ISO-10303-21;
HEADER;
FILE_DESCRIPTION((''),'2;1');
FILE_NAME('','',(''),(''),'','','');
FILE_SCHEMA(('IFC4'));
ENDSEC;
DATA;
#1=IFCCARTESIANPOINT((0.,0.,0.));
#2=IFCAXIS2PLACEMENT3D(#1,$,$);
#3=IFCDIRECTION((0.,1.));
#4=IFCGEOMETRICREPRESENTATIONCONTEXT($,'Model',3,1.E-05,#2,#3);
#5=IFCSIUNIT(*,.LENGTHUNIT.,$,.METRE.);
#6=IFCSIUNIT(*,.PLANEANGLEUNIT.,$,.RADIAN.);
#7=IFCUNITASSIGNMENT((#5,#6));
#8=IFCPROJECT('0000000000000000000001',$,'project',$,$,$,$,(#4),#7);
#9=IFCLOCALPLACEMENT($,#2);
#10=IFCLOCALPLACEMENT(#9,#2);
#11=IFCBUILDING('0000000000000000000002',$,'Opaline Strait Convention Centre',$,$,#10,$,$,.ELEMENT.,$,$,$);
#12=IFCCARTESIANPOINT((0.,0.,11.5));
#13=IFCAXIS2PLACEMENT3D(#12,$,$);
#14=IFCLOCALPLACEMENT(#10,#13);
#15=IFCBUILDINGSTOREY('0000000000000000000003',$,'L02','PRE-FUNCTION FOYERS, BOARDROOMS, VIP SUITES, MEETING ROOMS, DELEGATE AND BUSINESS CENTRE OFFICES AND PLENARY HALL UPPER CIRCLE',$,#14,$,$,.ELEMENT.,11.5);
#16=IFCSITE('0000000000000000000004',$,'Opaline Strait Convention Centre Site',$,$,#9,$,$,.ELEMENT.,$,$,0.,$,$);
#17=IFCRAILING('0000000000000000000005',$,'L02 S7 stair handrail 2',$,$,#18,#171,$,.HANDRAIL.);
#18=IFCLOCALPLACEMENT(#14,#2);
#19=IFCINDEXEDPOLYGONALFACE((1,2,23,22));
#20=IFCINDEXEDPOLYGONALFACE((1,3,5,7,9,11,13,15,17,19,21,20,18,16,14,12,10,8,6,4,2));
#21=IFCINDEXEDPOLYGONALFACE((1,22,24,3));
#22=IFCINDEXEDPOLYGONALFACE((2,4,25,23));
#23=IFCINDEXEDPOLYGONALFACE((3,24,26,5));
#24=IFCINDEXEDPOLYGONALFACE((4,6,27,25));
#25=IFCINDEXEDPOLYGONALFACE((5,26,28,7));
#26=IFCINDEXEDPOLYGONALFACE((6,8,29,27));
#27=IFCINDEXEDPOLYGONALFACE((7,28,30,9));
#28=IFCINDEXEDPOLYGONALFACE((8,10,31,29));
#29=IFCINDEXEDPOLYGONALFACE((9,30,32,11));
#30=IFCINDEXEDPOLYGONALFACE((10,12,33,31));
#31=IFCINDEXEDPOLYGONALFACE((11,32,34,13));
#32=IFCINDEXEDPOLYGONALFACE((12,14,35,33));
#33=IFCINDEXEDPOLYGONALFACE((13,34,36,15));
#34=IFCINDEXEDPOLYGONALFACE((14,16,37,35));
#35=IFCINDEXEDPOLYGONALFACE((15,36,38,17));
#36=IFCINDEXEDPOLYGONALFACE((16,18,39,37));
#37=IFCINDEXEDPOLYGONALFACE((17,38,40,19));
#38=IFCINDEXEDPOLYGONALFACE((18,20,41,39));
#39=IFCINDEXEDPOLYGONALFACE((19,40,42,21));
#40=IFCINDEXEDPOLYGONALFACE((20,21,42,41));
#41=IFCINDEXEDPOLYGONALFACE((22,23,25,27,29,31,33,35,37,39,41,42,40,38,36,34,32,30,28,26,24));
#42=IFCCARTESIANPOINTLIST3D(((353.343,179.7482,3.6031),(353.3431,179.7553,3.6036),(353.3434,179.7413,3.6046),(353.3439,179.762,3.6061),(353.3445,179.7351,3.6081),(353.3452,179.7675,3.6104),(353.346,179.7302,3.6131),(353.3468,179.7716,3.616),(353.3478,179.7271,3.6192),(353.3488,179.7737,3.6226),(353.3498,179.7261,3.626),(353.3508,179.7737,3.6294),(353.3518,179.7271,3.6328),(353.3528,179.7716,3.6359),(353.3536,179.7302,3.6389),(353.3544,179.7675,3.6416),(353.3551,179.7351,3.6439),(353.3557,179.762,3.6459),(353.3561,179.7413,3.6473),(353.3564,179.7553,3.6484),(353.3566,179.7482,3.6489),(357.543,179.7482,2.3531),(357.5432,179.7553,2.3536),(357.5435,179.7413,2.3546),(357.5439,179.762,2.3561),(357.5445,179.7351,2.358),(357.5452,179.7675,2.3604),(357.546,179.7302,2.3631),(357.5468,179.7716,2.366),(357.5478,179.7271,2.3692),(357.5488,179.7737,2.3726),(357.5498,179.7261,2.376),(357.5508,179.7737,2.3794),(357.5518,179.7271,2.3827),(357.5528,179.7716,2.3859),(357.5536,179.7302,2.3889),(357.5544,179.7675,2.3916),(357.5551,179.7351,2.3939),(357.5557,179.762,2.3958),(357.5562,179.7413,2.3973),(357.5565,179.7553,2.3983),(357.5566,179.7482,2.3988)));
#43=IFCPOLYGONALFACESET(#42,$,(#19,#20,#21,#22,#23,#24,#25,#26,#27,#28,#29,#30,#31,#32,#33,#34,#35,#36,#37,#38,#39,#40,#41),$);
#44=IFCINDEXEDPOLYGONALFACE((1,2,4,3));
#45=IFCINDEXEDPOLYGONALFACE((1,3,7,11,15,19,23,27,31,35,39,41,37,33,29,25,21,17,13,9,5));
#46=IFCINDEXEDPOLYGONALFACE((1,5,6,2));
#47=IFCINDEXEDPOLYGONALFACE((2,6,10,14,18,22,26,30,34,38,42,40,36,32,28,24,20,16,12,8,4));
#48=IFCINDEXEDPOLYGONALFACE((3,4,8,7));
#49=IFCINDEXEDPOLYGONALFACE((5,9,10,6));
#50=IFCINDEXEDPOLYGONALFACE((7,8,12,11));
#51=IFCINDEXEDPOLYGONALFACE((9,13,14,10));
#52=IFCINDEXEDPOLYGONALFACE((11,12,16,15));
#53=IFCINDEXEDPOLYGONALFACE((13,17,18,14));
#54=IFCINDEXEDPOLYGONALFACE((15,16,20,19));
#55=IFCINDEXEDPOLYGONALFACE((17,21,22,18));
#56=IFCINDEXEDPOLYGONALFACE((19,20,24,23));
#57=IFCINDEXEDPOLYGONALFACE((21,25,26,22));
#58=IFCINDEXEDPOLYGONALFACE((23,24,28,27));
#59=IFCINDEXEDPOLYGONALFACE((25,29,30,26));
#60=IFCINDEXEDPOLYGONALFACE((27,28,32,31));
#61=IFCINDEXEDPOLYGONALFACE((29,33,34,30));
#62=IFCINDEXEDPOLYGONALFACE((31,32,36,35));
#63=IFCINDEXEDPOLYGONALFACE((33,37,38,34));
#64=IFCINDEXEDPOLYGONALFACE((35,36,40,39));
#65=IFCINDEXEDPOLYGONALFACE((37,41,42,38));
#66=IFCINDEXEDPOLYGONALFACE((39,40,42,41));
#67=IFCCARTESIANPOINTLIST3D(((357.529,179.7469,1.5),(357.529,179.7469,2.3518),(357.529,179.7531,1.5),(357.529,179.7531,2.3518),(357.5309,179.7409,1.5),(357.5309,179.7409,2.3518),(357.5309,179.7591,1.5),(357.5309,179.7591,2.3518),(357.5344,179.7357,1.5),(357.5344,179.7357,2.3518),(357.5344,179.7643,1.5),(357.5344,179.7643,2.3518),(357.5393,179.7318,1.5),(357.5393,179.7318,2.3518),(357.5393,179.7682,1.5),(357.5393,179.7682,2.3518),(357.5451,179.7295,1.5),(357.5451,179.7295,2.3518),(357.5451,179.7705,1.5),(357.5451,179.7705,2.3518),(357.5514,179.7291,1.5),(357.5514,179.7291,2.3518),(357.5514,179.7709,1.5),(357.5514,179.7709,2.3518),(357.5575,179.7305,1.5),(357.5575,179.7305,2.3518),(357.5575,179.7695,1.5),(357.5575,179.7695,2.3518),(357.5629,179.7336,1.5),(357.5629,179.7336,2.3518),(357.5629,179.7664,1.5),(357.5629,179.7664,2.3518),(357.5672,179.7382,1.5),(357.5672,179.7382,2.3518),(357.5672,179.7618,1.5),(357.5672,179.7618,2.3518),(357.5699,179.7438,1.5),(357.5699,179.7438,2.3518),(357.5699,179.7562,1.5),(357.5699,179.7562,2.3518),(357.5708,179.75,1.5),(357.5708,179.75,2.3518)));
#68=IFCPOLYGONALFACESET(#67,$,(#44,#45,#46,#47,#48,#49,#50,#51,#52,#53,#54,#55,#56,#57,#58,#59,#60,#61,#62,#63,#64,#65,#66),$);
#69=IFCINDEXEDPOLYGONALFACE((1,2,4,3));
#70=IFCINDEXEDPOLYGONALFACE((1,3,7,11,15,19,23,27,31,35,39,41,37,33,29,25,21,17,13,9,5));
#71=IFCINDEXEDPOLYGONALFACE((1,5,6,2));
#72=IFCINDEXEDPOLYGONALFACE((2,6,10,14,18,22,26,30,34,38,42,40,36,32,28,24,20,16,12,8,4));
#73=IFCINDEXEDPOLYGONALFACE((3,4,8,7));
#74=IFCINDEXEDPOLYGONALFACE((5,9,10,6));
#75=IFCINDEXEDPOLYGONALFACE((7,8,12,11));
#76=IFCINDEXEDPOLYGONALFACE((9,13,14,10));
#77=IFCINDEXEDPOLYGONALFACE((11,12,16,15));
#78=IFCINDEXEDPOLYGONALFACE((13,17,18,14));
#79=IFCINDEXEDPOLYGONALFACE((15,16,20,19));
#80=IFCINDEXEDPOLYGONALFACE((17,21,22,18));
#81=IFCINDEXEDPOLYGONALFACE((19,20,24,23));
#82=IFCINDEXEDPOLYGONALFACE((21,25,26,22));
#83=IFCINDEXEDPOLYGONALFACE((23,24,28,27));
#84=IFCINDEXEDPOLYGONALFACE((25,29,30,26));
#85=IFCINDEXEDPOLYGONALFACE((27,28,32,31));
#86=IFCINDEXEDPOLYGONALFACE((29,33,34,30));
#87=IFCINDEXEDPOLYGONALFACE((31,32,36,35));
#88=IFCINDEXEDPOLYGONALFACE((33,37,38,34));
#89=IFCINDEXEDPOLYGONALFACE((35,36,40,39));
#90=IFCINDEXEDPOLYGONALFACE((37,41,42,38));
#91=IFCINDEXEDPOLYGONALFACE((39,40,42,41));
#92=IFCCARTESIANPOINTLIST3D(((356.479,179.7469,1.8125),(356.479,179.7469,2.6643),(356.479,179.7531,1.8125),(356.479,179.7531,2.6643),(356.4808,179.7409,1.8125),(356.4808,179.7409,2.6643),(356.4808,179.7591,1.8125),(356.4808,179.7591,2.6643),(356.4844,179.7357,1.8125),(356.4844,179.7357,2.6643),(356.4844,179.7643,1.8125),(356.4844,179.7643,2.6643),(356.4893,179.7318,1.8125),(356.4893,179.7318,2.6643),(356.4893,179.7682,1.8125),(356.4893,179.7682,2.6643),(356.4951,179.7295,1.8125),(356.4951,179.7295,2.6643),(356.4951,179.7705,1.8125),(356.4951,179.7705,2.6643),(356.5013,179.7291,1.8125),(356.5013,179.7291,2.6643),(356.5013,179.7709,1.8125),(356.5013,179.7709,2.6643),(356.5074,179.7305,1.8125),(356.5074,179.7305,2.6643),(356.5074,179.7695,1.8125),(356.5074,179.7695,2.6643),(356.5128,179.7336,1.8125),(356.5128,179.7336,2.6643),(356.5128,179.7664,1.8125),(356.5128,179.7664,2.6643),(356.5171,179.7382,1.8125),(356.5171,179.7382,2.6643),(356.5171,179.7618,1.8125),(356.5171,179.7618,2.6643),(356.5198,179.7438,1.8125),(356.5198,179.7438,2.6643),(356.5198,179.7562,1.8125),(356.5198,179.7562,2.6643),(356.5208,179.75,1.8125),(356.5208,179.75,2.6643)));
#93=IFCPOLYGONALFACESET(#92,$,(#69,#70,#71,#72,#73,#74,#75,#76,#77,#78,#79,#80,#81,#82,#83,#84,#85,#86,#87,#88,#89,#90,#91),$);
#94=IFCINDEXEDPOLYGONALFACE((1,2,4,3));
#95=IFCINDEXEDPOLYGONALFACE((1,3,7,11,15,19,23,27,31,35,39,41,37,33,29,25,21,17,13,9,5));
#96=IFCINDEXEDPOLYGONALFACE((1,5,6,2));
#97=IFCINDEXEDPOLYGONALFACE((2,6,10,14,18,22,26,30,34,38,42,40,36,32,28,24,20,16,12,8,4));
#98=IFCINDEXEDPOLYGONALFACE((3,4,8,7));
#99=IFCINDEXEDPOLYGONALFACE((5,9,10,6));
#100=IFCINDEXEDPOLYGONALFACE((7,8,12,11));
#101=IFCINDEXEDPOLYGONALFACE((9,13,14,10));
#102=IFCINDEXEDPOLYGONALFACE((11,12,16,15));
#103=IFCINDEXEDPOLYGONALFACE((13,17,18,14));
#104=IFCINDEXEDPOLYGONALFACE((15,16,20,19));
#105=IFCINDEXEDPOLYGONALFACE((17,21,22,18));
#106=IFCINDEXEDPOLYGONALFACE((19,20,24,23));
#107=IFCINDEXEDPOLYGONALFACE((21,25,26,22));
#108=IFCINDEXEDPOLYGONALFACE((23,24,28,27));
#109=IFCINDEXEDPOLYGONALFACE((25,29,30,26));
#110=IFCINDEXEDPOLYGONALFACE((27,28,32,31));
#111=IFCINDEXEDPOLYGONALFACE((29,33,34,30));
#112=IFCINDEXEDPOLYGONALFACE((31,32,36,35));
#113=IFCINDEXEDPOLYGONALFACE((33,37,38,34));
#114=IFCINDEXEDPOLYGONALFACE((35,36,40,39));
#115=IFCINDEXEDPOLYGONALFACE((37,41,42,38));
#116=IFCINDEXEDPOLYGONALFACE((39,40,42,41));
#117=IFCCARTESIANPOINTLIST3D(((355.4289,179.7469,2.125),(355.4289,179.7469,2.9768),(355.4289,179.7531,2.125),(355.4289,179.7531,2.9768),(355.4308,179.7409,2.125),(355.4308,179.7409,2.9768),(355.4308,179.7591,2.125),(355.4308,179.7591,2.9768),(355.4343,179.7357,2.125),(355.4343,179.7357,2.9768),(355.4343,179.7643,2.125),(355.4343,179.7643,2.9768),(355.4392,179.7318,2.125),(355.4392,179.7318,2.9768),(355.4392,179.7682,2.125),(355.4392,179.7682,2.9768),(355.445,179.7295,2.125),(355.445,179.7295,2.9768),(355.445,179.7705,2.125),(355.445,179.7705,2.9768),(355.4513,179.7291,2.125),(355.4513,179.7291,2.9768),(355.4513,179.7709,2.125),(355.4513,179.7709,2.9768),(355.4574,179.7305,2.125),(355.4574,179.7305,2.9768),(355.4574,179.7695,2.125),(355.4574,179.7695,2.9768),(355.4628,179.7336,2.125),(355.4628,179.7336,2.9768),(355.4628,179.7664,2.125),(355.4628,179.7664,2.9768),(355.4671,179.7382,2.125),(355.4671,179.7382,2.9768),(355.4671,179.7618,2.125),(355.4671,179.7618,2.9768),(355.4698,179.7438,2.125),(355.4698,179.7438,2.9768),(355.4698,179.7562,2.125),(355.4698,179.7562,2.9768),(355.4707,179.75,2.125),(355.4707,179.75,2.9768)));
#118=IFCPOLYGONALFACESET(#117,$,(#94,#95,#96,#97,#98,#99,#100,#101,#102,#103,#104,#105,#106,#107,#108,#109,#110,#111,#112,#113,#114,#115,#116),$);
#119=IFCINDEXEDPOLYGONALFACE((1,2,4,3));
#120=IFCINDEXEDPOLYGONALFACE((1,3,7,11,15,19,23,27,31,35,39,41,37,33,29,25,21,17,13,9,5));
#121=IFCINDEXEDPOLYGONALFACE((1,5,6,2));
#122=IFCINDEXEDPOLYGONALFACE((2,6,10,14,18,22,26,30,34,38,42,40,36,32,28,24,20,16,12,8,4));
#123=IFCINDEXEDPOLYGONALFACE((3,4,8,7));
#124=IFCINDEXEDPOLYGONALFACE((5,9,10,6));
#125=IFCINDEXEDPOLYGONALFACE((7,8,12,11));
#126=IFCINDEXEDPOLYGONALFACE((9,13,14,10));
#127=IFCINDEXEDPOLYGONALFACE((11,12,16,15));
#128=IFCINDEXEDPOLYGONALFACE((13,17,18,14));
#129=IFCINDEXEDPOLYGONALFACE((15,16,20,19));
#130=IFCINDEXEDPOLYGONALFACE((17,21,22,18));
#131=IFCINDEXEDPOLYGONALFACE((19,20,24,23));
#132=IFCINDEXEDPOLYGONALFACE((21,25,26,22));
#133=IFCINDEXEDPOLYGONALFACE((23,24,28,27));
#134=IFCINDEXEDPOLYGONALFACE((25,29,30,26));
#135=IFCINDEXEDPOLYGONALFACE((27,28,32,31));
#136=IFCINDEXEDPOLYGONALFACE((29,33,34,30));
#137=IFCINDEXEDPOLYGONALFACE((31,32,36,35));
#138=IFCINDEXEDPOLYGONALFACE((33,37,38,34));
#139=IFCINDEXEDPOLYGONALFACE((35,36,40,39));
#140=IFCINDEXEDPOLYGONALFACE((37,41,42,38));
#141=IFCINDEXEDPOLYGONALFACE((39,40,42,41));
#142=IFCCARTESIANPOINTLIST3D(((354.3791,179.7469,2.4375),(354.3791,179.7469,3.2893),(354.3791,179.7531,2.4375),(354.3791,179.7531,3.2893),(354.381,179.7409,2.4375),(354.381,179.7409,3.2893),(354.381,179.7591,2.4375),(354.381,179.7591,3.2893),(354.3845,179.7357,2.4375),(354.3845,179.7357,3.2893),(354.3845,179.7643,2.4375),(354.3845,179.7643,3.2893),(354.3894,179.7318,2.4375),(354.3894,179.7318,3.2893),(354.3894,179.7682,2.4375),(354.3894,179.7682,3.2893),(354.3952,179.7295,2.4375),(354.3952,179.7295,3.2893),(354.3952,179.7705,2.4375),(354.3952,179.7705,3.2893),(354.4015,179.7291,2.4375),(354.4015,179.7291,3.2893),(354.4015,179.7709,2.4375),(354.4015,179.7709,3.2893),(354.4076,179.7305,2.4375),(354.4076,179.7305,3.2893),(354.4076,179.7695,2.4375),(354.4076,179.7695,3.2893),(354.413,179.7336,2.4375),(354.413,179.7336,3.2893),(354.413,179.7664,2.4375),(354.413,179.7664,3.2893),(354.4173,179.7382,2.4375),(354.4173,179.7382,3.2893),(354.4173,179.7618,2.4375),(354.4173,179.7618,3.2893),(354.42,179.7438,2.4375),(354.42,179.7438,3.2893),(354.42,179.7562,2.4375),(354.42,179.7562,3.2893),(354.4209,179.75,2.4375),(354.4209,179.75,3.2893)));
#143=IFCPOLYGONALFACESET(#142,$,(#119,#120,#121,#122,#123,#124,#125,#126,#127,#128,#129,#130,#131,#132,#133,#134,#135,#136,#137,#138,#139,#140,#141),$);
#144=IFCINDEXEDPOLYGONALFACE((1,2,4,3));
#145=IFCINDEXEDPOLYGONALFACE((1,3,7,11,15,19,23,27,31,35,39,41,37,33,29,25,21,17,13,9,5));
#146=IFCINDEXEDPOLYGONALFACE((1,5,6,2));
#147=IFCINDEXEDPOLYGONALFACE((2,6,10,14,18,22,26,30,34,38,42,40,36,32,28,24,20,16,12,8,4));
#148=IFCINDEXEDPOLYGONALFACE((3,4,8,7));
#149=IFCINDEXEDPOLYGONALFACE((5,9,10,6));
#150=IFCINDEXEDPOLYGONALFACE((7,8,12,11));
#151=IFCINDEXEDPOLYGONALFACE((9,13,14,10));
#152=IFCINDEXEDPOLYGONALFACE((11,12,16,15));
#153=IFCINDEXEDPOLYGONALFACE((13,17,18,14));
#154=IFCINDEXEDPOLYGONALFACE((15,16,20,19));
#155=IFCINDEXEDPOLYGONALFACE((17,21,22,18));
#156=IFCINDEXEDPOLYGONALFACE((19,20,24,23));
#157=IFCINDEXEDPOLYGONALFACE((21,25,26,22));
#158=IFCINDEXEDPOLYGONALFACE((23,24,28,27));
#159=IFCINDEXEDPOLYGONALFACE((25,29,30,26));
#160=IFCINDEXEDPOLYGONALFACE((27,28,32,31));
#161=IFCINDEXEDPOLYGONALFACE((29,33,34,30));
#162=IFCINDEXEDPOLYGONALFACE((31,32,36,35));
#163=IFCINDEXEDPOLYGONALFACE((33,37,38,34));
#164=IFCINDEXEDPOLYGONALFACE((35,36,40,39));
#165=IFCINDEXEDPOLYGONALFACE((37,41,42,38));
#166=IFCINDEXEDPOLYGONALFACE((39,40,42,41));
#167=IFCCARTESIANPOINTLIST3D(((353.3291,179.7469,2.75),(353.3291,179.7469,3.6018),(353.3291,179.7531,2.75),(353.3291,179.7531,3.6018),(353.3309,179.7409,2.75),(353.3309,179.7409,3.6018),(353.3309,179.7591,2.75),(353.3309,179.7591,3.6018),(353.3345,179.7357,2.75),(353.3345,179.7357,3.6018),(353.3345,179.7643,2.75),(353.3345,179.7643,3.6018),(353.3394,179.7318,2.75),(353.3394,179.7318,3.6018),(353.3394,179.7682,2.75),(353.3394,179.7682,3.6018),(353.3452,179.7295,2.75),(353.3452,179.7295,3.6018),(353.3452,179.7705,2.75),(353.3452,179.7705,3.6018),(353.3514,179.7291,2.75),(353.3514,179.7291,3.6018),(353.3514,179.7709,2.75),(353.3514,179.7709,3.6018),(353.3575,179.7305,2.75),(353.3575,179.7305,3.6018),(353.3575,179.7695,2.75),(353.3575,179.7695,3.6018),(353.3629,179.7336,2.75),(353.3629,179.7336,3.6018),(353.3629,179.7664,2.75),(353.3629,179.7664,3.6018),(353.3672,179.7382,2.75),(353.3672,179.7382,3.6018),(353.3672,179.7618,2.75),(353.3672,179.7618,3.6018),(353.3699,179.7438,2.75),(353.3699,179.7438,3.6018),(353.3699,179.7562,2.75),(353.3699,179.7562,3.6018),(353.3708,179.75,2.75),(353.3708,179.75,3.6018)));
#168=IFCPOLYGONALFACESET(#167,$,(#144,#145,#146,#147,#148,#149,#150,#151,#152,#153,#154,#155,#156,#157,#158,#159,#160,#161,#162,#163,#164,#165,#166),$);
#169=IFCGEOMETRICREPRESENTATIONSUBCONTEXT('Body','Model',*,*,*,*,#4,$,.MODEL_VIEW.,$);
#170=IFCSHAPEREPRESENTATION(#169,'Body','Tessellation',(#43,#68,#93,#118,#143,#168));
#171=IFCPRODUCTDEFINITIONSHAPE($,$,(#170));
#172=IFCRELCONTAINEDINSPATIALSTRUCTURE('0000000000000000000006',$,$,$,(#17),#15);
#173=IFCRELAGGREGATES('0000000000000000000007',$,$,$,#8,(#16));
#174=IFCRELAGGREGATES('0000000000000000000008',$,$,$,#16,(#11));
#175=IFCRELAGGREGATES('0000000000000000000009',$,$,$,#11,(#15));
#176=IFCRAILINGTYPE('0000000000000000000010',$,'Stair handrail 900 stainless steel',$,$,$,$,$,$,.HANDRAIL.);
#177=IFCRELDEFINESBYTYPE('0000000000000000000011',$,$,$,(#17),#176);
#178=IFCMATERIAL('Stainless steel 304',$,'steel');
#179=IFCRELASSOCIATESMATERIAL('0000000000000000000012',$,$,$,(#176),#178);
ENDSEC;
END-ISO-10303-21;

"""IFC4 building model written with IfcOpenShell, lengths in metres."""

from ifc_helpers import new_model, si_unit, direction, frame, origin, origin_2d, place, context, subcontext, project, spatial, circle, extrude, material, type_object, element, save


model = new_model("IFC4")

# Units and contexts
model_context = context("Model", 3, precision=1e-05, world=origin(), true_north=direction((0.0, 1.0)))
body_context = subcontext(model_context, "Body", "Model", "MODEL_VIEW")
ifc_project = project(units=[si_unit("LENGTHUNIT", "METRE"), si_unit("PLANEANGLEUNIT", "RADIAN")], contexts=[model_context])

# Site, building, storey
site_placement = place(None, origin())
site = spatial("IfcSite", under=ifc_project, at=site_placement, Name="Opaline Strait Convention Centre Site", CompositionType="ELEMENT", RefElevation=0.0)
building_placement = place(site_placement, origin())
building = spatial("IfcBuilding", under=site, at=building_placement, Name="Opaline Strait Convention Centre", CompositionType="ELEMENT")
storey_placement = place(building_placement, frame((0.0, 0.0, 11.5)))
storey = spatial("IfcBuildingStorey", under=building, at=storey_placement, Name="L02", Description="PRE-FUNCTION FOYERS, BOARDROOMS, VIP SUITES, MEETING ROOMS, DELEGATE AND BUSINESS CENTRE OFFICES AND PLENARY HALL UPPER CIRCLE", CompositionType="ELEMENT", Elevation=11.5)

# Railing
ifc_material_1 = material(Name="Stainless steel 304", Category="steel")
railing_type_1 = type_object("IfcRailingType", Name="Stair handrail 900 stainless steel", PredefinedType="HANDRAIL", material=ifc_material_1)
for number, where, name in (
    (1, (357.5498, 179.75, 1.5), "L02 S7 stair handrail 2"),
):
    element("IfcRailing", number, at=place(storey_placement, frame(where)), inside=storey, type_object=railing_type_1, Name=name, PredefinedType="HANDRAIL", context=body_context, shape_type="SweptSolid", body=[
        extrude(circle(Radius=0.0239, at=origin_2d()), frame((0.0, 0.0, 0.876), z_axis=(-0.958451, 0.0, 0.285257), x_axis=(0.0, -1.0, 0.0)), (0.0, 0.0, 1.0), 4.3821),
        extrude(circle(Radius=0.021, at=origin_2d()), origin(), (0.0, 0.0, 1.0), 0.8518),
        extrude(circle(Radius=0.021, at=origin_2d()), frame((-1.05, 0.0, 0.3125)), (0.0, 0.0, 1.0), 0.8518),
        extrude(circle(Radius=0.021, at=origin_2d()), frame((-2.1001, 0.0, 0.625)), (0.0, 0.0, 1.0), 0.8518),
        extrude(circle(Radius=0.021, at=origin_2d()), frame((-3.1499, 0.0, 0.9375)), (0.0, 0.0, 1.0), 0.8518),
        extrude(circle(Radius=0.021, at=origin_2d()), frame((-4.2, 0.0, 1.25)), (0.0, 0.0, 1.0), 0.8518),
    ])

save(model, "model.ifc")
